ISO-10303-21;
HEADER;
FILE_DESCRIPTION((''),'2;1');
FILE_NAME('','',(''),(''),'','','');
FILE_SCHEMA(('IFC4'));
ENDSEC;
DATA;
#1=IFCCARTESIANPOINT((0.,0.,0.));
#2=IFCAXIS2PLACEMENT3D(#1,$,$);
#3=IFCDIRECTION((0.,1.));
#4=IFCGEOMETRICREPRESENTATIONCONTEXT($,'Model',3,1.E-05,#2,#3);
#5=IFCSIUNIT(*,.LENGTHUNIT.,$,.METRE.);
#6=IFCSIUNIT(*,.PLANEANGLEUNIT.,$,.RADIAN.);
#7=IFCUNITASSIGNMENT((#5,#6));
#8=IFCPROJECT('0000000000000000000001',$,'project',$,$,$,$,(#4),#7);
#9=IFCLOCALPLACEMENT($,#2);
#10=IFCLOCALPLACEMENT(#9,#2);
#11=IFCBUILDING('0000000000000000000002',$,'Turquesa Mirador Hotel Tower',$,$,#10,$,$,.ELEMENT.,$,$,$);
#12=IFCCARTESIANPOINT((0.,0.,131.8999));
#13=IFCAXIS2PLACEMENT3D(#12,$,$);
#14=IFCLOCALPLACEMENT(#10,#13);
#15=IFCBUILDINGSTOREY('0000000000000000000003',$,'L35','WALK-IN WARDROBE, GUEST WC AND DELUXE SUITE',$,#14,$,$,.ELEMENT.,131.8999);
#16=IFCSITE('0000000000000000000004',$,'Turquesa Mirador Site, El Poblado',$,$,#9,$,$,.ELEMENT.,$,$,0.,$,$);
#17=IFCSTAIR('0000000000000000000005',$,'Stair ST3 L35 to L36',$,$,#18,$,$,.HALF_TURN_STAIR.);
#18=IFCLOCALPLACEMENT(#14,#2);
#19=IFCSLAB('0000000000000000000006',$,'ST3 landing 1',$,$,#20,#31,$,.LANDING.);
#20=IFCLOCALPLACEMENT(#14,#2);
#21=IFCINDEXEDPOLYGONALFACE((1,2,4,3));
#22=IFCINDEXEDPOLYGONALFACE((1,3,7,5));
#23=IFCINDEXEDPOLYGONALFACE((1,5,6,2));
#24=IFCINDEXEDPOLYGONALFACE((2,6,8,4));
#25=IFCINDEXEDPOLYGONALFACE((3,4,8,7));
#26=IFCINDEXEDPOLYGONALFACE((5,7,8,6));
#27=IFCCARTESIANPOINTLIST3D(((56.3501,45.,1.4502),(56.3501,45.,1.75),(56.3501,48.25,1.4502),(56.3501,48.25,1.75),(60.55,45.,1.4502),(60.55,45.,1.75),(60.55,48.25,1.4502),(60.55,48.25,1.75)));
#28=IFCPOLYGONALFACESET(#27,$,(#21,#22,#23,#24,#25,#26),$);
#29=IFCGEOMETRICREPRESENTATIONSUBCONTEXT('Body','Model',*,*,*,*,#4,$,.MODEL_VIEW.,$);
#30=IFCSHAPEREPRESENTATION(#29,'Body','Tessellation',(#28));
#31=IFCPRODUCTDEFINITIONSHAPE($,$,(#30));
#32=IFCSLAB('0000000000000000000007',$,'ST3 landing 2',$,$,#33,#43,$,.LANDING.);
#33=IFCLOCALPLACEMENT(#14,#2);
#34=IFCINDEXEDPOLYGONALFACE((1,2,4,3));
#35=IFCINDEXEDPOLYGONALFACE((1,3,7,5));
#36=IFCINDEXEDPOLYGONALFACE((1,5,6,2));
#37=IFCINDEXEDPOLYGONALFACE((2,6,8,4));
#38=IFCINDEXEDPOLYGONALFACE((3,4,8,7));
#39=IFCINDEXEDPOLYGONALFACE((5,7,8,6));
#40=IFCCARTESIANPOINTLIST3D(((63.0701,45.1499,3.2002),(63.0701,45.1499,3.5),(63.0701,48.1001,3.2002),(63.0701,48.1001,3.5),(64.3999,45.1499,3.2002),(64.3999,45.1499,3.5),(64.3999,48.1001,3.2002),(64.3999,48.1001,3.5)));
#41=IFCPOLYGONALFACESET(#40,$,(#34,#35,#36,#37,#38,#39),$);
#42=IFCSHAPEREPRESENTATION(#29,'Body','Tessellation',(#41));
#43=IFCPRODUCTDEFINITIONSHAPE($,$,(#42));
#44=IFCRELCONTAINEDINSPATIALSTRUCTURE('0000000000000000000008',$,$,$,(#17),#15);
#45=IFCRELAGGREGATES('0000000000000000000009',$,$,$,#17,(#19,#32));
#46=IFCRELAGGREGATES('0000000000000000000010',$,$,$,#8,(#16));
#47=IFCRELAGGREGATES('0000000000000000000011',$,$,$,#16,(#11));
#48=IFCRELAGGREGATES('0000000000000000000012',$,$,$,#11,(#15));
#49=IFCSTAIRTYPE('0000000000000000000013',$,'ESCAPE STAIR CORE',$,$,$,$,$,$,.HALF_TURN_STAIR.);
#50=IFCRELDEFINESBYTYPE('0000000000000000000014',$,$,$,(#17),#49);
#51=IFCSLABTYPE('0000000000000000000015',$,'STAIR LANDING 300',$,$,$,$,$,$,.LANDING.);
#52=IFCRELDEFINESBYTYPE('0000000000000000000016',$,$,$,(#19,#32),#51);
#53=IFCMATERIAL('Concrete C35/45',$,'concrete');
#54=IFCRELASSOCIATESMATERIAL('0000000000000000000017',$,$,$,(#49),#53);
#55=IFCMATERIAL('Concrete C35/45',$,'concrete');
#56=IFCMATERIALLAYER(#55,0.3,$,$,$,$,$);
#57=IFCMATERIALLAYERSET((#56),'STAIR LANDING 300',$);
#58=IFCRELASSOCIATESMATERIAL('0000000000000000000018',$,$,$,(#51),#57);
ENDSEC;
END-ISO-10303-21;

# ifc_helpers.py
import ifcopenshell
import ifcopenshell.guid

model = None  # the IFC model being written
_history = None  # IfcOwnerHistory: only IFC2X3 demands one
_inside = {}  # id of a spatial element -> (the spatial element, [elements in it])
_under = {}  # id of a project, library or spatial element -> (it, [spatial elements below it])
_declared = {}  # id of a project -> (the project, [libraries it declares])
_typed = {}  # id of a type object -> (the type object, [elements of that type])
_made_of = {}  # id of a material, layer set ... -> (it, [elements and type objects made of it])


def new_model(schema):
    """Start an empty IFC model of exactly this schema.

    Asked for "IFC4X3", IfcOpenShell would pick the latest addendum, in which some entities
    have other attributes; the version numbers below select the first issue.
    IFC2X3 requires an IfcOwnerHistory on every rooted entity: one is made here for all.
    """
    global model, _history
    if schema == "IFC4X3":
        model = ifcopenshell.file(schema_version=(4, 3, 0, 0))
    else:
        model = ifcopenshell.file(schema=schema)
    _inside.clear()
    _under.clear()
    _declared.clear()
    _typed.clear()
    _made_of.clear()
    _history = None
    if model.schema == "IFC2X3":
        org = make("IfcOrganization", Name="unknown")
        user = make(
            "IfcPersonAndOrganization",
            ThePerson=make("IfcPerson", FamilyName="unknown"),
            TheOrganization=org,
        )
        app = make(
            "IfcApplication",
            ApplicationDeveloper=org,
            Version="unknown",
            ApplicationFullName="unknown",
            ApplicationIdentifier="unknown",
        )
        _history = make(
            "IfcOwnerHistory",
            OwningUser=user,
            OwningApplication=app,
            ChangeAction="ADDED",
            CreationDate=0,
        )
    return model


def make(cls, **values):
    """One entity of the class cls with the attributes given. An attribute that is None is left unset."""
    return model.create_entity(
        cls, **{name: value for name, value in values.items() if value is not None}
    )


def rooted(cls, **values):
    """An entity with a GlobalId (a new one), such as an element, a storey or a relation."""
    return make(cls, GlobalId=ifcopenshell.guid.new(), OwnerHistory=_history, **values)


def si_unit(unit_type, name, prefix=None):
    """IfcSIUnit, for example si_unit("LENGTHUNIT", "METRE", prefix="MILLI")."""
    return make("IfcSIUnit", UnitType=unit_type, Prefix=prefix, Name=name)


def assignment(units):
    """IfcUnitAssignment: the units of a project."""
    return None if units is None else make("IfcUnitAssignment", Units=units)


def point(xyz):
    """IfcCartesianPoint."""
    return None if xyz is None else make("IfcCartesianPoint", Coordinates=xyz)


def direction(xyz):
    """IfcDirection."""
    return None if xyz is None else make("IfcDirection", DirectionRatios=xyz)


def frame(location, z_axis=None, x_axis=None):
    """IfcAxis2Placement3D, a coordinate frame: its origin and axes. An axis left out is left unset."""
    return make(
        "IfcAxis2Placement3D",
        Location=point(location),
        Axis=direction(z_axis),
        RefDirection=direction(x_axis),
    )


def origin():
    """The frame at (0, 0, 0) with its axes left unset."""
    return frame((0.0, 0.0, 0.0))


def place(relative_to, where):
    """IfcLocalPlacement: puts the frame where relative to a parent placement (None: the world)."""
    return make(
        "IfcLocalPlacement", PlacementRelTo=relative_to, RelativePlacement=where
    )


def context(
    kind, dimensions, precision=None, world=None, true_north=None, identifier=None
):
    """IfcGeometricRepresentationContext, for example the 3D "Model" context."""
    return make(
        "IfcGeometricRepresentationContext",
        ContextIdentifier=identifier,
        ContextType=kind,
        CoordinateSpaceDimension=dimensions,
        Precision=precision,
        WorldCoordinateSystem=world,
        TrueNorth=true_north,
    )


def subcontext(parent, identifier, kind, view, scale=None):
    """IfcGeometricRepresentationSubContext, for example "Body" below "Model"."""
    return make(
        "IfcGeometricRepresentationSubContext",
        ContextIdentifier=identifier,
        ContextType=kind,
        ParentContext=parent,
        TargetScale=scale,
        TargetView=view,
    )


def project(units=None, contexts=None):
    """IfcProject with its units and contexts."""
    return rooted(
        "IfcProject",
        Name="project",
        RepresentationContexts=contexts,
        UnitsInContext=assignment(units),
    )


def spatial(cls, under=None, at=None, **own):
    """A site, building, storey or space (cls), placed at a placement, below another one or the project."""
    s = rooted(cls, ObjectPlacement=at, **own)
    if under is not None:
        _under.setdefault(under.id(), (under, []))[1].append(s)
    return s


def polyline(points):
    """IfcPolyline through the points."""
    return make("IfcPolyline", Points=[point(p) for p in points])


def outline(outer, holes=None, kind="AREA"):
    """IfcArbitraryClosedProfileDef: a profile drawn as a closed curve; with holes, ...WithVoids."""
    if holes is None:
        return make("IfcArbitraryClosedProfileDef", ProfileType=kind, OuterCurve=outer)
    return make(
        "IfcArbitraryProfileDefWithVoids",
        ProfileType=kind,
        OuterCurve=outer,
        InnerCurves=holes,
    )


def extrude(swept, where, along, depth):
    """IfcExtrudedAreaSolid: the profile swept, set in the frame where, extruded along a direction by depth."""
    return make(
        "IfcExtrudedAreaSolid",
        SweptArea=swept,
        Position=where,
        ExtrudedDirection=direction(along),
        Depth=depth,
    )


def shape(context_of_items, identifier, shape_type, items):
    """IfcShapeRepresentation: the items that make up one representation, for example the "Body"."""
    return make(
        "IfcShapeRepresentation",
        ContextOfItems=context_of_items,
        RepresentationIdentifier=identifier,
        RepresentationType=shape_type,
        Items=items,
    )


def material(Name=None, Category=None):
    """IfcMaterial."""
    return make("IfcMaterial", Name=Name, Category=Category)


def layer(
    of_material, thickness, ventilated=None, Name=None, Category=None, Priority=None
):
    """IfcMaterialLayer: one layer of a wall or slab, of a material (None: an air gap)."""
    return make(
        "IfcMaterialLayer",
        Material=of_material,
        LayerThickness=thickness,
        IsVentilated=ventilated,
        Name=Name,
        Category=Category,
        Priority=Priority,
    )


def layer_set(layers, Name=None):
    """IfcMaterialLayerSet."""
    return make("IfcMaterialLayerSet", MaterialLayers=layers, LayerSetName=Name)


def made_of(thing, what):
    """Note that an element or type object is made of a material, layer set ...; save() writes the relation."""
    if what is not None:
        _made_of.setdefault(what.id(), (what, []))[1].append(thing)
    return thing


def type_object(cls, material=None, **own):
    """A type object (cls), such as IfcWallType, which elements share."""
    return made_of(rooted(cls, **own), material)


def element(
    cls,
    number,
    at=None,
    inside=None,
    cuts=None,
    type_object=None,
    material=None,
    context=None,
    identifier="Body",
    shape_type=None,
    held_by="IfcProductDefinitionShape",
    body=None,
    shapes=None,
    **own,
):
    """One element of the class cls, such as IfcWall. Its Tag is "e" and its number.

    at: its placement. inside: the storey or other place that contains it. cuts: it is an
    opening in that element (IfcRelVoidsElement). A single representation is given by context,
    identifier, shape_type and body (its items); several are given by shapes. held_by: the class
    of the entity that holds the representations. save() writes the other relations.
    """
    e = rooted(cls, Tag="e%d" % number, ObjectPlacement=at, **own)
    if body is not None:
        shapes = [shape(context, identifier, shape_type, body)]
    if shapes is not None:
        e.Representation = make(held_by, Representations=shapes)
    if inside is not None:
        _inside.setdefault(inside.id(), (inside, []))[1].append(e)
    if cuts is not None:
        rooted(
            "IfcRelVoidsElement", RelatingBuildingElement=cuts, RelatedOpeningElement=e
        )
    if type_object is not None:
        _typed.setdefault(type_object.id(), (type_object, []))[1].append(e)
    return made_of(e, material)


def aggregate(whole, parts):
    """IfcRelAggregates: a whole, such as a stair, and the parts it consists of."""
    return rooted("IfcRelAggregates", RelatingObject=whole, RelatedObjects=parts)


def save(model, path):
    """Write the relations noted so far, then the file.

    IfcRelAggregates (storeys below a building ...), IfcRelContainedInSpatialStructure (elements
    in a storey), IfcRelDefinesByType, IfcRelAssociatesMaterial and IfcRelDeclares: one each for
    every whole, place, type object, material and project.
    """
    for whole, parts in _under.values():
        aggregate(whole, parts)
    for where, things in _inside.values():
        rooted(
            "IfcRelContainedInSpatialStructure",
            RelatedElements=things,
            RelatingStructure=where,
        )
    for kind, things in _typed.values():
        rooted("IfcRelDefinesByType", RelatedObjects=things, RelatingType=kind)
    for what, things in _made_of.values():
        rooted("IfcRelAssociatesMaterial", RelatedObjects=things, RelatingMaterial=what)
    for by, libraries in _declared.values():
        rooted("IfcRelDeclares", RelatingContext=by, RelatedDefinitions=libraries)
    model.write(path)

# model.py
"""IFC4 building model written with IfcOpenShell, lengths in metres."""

from ifc_helpers import new_model, si_unit, direction, frame, origin, place, context, subcontext, project, spatial, polyline, outline, extrude, material, layer, layer_set, type_object, element, aggregate, save


model = new_model("IFC4")

# Units and contexts
model_context = context("Model", 3, precision=1e-05, world=origin(), true_north=direction((0.0, 1.0)))
body_context = subcontext(model_context, "Body", "Model", "MODEL_VIEW")
ifc_project = project(units=[si_unit("LENGTHUNIT", "METRE"), si_unit("PLANEANGLEUNIT", "RADIAN")], contexts=[model_context])

# Site, building, storey
site_placement = place(None, origin())
site = spatial("IfcSite", under=ifc_project, at=site_placement, Name="Turquesa Mirador Site, El Poblado", CompositionType="ELEMENT", RefElevation=0.0)
building_placement = place(site_placement, origin())
building = spatial("IfcBuilding", under=site, at=building_placement, Name="Turquesa Mirador Hotel Tower", CompositionType="ELEMENT")
storey_placement = place(building_placement, frame((0.0, 0.0, 131.8999)))
storey = spatial("IfcBuildingStorey", under=building, at=storey_placement, Name="L35", Description="WALK-IN WARDROBE, GUEST WC AND DELUXE SUITE", CompositionType="ELEMENT", Elevation=131.8999)

# Stair, slabs
ifc_material_1 = material(Name="Concrete C35/45", Category="concrete")
stair_type = type_object("IfcStairType", Name="ESCAPE STAIR CORE", PredefinedType="HALF_TURN_STAIR", material=ifc_material_1)
ifc_material_2 = material(Name="Concrete C35/45", Category="concrete")
ifc_layer_1 = layer(ifc_material_2, 0.3)
ifc_layer_set_1 = layer_set([ifc_layer_1], Name="STAIR LANDING 300")
slab_type_1 = type_object("IfcSlabType", Name="STAIR LANDING 300", PredefinedType="LANDING", material=ifc_layer_set_1)
stair_1_placement = place(storey_placement, origin())
stair_1 = element("IfcStair", 1, at=stair_1_placement, inside=storey, type_object=stair_type, Name="Stair ST3 L35 to L36", PredefinedType="HALF_TURN_STAIR")
slab_1_placement = place(storey_placement, frame((0.0, 0.0, 1.4502)))
slab_1 = element("IfcSlab", 2, at=slab_1_placement, type_object=slab_type_1, Name="ST3 landing 1", PredefinedType="LANDING", context=body_context, shape_type="SweptSolid", body=[
    extrude(outline(polyline([(56.3501, 45.0), (60.55, 45.0), (60.55, 48.25), (56.3501, 48.25), (56.3501, 45.0)])), origin(), (0.0, 0.0, 1.0), 0.2998),
])
slab_2_placement = place(storey_placement, frame((0.0, 0.0, 3.2002)))
slab_2 = element("IfcSlab", 3, at=slab_2_placement, type_object=slab_type_1, Name="ST3 landing 2", PredefinedType="LANDING", context=body_context, shape_type="SweptSolid", body=[
    extrude(outline(polyline([(63.0701, 45.1499), (64.3999, 45.1499), (64.3999, 48.1001), (63.0701, 48.1001), (63.0701, 45.1499)])), origin(), (0.0, 0.0, 1.0), 0.2998),
])
aggregate(stair_1, [slab_1, slab_2])

save(model, "model.ifc")
